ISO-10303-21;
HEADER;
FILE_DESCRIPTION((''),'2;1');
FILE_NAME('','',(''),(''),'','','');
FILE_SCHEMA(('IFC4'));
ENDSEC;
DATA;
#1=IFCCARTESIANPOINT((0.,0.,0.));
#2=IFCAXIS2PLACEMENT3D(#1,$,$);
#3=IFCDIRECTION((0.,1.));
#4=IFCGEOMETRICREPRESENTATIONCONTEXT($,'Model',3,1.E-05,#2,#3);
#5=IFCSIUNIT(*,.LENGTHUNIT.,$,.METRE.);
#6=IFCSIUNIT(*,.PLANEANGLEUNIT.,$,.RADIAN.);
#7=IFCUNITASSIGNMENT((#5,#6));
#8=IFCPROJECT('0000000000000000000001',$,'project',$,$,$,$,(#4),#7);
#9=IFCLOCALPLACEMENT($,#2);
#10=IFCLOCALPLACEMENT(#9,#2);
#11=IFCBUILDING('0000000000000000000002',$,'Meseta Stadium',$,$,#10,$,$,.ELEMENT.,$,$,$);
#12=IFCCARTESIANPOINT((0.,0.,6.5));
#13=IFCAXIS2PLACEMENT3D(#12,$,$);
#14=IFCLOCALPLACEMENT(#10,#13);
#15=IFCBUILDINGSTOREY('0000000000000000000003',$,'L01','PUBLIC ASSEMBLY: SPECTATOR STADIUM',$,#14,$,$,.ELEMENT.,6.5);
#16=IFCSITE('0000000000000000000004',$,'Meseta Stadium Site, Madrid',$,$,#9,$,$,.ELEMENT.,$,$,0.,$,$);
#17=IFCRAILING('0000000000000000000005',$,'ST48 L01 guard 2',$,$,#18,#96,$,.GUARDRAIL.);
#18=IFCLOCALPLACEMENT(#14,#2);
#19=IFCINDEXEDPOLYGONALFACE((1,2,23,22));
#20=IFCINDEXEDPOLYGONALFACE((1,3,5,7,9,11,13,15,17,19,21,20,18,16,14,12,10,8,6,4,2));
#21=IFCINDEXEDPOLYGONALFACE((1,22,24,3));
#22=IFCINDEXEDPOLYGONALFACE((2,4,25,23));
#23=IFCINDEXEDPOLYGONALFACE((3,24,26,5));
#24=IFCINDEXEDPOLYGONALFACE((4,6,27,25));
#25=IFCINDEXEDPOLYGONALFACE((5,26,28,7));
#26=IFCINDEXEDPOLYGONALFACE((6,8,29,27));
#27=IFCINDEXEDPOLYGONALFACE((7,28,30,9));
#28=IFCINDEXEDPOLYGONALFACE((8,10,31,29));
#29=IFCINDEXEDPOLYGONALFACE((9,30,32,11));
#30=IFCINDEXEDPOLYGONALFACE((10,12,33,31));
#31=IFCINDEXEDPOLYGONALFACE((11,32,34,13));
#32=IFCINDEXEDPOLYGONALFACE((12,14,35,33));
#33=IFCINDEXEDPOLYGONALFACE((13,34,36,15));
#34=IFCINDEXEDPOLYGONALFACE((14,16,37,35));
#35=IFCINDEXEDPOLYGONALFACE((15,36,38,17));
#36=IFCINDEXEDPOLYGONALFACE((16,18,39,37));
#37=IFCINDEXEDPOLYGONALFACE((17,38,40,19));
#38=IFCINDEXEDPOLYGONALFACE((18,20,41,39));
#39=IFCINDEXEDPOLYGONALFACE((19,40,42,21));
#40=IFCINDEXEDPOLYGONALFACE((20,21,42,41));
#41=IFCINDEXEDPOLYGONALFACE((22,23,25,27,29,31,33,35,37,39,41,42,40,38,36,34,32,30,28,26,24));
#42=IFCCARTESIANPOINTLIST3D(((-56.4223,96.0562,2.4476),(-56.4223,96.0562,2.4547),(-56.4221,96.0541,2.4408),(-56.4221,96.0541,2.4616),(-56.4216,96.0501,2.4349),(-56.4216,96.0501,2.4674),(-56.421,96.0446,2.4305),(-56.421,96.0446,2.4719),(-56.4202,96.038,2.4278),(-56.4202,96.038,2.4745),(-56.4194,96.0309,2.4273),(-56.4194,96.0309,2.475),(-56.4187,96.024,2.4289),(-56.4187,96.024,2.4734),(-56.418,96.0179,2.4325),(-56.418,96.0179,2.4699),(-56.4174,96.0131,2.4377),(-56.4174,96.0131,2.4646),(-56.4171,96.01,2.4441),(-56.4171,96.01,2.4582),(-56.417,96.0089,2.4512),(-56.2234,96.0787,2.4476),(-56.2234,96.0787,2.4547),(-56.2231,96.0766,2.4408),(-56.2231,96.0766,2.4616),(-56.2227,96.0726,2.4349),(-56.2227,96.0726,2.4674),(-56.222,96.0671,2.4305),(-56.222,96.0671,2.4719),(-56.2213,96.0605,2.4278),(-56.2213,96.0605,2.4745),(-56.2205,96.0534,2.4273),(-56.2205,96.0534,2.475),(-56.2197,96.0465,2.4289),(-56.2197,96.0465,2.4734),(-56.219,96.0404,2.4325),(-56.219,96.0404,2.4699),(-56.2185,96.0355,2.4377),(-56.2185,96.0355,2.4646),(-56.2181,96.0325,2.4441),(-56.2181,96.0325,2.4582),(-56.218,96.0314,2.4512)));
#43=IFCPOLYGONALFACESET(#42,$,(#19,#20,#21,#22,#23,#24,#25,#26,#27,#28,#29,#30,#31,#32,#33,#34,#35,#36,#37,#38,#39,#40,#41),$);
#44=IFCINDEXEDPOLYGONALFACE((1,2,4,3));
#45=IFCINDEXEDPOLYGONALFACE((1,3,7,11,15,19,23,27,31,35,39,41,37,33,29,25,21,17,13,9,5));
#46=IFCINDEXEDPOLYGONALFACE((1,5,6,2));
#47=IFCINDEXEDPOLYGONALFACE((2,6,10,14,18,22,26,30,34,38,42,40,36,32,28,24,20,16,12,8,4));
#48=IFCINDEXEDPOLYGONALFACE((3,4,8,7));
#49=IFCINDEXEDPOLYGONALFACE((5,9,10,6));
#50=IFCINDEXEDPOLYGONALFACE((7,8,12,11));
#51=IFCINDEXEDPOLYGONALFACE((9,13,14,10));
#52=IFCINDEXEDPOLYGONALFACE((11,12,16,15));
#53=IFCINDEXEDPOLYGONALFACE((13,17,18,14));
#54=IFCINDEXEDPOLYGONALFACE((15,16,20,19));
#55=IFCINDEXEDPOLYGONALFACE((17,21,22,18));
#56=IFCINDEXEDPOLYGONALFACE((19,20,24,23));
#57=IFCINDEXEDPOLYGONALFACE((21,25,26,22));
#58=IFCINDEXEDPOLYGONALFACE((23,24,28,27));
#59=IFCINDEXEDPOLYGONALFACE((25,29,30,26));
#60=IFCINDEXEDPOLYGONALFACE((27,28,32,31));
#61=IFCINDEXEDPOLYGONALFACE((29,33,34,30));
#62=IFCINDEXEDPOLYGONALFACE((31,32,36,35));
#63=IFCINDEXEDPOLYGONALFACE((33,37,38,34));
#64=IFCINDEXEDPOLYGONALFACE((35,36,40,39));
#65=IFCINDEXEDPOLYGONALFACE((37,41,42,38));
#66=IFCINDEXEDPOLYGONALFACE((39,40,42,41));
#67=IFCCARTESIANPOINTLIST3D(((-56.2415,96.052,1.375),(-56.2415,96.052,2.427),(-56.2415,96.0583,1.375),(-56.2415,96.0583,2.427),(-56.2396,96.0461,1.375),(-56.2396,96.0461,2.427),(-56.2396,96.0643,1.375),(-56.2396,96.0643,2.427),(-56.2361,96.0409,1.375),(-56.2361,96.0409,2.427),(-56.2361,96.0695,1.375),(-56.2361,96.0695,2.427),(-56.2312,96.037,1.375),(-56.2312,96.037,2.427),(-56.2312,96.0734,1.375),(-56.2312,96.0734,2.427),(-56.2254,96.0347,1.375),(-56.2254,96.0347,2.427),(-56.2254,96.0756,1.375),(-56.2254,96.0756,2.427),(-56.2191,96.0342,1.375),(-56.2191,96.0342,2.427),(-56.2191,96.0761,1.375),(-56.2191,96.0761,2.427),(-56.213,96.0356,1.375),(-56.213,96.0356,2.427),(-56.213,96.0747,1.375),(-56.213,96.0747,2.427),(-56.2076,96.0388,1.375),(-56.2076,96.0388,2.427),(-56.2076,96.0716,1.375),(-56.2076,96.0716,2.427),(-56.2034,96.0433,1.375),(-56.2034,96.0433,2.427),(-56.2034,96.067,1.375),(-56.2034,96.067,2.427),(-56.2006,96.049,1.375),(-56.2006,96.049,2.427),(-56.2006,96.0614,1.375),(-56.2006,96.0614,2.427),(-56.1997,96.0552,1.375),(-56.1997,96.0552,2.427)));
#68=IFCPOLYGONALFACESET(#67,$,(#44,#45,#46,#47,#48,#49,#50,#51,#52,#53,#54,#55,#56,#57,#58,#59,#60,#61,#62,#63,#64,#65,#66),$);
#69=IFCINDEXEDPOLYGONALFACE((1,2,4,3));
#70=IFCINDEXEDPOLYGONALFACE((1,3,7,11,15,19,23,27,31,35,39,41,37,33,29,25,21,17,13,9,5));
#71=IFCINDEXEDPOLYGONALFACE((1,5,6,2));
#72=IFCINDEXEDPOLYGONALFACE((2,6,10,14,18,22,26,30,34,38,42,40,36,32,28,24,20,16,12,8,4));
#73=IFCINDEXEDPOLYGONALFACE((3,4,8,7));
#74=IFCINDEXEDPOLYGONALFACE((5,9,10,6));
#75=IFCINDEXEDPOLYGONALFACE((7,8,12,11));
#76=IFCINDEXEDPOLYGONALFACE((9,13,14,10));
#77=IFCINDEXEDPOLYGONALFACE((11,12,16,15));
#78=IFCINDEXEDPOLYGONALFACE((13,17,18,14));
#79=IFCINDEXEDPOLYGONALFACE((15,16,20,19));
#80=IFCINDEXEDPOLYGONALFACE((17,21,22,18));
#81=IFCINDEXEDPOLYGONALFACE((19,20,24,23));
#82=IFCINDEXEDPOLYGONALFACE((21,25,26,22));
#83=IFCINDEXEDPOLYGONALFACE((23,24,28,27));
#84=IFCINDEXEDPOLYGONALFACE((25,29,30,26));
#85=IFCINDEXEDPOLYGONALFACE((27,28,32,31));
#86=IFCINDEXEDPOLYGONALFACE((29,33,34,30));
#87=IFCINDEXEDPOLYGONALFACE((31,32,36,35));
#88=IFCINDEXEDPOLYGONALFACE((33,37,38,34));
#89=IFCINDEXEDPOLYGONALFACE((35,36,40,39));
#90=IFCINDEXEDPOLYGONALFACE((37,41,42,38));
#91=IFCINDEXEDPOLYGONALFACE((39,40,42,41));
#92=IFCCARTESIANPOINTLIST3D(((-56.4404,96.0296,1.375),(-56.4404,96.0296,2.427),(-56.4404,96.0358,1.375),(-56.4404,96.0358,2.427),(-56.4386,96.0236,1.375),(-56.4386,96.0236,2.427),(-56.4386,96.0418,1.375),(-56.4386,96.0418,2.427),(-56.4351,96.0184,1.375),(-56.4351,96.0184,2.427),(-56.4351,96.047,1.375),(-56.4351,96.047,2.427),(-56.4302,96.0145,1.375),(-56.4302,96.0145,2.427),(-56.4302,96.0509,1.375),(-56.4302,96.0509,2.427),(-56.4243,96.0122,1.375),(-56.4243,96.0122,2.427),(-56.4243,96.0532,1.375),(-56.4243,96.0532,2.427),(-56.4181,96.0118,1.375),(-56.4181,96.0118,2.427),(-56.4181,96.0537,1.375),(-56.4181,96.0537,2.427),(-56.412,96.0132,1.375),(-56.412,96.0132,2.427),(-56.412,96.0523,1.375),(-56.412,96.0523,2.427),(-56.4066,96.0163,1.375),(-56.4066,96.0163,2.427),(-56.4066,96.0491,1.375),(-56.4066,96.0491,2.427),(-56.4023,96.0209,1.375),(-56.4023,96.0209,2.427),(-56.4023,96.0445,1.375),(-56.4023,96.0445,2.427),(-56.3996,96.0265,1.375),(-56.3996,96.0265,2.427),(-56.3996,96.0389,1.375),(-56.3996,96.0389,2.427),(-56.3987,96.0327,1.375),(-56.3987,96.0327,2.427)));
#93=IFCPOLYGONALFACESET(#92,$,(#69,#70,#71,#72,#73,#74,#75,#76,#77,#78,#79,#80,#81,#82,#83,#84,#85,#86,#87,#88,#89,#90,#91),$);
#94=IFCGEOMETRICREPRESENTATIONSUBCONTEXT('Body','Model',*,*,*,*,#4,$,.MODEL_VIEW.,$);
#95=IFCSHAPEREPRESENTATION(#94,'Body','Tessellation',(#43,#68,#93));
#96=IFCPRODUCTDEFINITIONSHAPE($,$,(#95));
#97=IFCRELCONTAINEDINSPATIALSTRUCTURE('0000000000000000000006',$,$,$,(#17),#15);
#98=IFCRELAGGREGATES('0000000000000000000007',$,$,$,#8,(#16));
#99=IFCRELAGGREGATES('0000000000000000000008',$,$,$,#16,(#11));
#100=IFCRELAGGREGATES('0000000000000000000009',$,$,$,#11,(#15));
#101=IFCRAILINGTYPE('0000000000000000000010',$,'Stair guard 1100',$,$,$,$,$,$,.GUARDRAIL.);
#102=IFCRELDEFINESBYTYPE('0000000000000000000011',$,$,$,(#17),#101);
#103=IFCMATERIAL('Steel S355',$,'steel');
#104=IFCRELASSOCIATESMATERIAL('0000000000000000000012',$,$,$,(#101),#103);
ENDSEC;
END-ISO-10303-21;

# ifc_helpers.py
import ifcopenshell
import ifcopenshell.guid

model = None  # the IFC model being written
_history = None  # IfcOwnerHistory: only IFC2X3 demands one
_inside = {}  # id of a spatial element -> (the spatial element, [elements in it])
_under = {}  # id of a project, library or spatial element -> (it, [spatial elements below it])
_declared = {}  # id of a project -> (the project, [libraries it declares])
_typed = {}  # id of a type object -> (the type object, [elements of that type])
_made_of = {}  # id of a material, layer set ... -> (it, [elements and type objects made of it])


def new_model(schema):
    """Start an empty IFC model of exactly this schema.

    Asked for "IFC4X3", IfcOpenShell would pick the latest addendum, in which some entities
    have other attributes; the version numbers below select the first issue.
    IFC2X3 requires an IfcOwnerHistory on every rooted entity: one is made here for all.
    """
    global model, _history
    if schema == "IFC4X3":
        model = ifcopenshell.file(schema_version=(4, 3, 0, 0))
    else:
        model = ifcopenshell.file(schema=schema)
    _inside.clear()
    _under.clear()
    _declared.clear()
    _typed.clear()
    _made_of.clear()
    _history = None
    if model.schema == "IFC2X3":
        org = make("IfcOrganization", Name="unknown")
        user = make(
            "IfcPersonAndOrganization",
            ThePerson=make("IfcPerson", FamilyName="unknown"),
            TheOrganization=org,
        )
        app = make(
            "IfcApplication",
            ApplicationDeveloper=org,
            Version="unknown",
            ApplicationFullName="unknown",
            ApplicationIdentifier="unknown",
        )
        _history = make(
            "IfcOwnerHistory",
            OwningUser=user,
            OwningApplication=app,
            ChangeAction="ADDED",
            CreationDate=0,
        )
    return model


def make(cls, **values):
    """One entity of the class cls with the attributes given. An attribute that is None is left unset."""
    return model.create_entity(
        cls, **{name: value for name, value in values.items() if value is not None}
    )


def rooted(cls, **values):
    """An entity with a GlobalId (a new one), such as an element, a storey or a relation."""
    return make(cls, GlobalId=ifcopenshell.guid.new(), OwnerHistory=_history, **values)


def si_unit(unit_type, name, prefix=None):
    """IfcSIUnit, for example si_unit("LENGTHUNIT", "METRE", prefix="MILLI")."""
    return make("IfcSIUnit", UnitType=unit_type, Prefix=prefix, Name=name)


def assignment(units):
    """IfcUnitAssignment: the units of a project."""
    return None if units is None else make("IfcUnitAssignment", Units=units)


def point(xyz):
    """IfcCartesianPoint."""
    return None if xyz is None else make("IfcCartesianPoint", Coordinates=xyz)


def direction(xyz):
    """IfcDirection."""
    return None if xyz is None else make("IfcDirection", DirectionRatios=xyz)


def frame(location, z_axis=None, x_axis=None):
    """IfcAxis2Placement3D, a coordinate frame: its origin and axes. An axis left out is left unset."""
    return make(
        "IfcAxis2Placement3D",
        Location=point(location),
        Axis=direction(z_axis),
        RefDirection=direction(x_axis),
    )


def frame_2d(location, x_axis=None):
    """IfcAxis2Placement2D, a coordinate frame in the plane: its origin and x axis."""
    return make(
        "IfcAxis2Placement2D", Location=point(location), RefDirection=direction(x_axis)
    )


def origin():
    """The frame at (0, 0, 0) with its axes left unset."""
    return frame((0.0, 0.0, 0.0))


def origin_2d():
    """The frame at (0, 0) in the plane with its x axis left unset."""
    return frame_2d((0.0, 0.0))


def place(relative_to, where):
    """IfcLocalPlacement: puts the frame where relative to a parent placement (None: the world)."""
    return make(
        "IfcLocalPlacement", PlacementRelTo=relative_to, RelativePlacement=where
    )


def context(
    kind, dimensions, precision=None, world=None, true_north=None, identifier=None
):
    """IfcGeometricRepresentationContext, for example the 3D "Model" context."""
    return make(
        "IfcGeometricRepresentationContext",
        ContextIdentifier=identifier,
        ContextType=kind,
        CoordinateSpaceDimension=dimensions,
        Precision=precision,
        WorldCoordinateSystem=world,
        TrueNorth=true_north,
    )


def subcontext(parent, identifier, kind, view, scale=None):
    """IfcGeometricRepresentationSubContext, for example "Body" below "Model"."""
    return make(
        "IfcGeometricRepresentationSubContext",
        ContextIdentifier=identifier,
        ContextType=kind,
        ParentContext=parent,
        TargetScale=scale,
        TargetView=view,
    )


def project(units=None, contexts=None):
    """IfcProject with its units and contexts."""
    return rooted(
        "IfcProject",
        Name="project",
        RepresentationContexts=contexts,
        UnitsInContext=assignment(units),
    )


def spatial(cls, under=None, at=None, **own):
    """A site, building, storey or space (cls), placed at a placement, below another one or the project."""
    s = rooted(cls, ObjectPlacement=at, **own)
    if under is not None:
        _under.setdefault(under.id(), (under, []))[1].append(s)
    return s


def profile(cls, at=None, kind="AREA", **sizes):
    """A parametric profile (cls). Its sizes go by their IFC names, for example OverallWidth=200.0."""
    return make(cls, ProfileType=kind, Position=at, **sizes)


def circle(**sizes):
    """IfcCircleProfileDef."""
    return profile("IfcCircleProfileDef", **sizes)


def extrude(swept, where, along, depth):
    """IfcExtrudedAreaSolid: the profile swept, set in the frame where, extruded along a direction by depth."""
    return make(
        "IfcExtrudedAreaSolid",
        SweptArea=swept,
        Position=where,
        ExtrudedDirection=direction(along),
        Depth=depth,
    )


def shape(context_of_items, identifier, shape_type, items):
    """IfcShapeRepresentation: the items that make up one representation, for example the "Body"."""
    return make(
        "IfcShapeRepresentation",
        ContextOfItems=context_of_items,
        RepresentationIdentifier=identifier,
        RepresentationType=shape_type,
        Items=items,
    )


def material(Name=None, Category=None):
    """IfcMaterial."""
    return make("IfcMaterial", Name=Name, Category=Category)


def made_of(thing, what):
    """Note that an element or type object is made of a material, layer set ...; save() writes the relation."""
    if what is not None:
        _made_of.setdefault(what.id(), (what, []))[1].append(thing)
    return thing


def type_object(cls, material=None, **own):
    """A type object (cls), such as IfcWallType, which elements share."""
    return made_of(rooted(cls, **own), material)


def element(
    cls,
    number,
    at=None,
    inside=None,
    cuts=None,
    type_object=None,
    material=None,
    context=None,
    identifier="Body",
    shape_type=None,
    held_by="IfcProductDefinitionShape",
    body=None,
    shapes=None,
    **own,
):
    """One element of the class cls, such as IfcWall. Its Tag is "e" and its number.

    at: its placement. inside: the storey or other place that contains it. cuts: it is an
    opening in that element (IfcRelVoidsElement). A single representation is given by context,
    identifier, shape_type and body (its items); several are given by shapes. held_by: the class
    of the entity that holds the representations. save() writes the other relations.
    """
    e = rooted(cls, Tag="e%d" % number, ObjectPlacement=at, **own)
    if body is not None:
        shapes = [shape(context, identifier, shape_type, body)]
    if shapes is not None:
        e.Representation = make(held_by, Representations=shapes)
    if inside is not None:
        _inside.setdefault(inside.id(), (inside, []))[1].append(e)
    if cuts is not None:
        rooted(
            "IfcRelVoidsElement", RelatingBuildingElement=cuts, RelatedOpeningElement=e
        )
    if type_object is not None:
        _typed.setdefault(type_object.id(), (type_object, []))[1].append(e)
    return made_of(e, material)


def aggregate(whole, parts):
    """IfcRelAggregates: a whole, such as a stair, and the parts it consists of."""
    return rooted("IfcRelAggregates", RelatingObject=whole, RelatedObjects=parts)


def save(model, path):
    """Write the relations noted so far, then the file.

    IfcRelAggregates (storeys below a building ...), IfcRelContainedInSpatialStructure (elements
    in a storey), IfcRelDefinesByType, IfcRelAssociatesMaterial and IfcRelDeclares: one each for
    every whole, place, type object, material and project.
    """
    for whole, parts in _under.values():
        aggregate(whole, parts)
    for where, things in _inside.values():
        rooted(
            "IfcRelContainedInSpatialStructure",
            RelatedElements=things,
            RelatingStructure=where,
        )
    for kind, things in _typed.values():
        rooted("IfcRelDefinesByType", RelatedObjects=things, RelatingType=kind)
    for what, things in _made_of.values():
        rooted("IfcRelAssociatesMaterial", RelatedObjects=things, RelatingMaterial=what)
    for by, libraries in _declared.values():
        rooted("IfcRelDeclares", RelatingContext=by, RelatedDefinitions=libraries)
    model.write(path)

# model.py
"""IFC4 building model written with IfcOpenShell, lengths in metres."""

from ifc_helpers import new_model, si_unit, direction, frame, origin, origin_2d, place, context, subcontext, project, spatial, circle, extrude, material, type_object, element, save


model = new_model("IFC4")

# Units and contexts
model_context = context("Model", 3, precision=1e-05, world=origin(), true_north=direction((0.0, 1.0)))
body_context = subcontext(model_context, "Body", "Model", "MODEL_VIEW")
ifc_project = project(units=[si_unit("LENGTHUNIT", "METRE"), si_unit("PLANEANGLEUNIT", "RADIAN")], contexts=[model_context])

# Site, building, storey
site_placement = place(None, origin())
site = spatial("IfcSite", under=ifc_project, at=site_placement, Name="Meseta Stadium Site, Madrid", CompositionType="ELEMENT", RefElevation=0.0)
building_placement = place(site_placement, origin())
building = spatial("IfcBuilding", under=site, at=building_placement, Name="Meseta Stadium", CompositionType="ELEMENT")
storey_placement = place(building_placement, frame((0.0, 0.0, 6.5)))
storey = spatial("IfcBuildingStorey", under=building, at=storey_placement, Name="L01", Description="PUBLIC ASSEMBLY: SPECTATOR STADIUM", CompositionType="ELEMENT", Elevation=6.5)

# Railing
ifc_material_1 = material(Name="Steel S355", Category="steel")
railing_type_1 = type_object("IfcRailingType", Name="Stair guard 1100", PredefinedType="GUARDRAIL", material=ifc_material_1)
railing_1_placement = place(storey_placement, frame((-56.2207, 96.0552, 1.375)))
element("IfcRailing", 1, at=railing_1_placement, inside=storey, type_object=railing_type_1, Name="ST48 L01 guard 2", PredefinedType="GUARDRAIL", context=body_context, shape_type="SweptSolid", body=[
    extrude(circle(Radius=0.0239, at=origin_2d()), frame((0.0, 0.0, 1.0762), z_axis=(-0.993689, -0.112171, 0.0), x_axis=(0.112171, -0.993689, 0.0)), (0.0, 0.0, 1.0), 0.2002),
    extrude(circle(Radius=0.021, at=origin_2d()), origin(), (0.0, 0.0, 1.0), 1.052),
    extrude(circle(Radius=0.021, at=origin_2d()), frame((-0.199, -0.0225, 0.0)), (0.0, 0.0, 1.0), 1.052),
])

save(model, "model.ifc")
